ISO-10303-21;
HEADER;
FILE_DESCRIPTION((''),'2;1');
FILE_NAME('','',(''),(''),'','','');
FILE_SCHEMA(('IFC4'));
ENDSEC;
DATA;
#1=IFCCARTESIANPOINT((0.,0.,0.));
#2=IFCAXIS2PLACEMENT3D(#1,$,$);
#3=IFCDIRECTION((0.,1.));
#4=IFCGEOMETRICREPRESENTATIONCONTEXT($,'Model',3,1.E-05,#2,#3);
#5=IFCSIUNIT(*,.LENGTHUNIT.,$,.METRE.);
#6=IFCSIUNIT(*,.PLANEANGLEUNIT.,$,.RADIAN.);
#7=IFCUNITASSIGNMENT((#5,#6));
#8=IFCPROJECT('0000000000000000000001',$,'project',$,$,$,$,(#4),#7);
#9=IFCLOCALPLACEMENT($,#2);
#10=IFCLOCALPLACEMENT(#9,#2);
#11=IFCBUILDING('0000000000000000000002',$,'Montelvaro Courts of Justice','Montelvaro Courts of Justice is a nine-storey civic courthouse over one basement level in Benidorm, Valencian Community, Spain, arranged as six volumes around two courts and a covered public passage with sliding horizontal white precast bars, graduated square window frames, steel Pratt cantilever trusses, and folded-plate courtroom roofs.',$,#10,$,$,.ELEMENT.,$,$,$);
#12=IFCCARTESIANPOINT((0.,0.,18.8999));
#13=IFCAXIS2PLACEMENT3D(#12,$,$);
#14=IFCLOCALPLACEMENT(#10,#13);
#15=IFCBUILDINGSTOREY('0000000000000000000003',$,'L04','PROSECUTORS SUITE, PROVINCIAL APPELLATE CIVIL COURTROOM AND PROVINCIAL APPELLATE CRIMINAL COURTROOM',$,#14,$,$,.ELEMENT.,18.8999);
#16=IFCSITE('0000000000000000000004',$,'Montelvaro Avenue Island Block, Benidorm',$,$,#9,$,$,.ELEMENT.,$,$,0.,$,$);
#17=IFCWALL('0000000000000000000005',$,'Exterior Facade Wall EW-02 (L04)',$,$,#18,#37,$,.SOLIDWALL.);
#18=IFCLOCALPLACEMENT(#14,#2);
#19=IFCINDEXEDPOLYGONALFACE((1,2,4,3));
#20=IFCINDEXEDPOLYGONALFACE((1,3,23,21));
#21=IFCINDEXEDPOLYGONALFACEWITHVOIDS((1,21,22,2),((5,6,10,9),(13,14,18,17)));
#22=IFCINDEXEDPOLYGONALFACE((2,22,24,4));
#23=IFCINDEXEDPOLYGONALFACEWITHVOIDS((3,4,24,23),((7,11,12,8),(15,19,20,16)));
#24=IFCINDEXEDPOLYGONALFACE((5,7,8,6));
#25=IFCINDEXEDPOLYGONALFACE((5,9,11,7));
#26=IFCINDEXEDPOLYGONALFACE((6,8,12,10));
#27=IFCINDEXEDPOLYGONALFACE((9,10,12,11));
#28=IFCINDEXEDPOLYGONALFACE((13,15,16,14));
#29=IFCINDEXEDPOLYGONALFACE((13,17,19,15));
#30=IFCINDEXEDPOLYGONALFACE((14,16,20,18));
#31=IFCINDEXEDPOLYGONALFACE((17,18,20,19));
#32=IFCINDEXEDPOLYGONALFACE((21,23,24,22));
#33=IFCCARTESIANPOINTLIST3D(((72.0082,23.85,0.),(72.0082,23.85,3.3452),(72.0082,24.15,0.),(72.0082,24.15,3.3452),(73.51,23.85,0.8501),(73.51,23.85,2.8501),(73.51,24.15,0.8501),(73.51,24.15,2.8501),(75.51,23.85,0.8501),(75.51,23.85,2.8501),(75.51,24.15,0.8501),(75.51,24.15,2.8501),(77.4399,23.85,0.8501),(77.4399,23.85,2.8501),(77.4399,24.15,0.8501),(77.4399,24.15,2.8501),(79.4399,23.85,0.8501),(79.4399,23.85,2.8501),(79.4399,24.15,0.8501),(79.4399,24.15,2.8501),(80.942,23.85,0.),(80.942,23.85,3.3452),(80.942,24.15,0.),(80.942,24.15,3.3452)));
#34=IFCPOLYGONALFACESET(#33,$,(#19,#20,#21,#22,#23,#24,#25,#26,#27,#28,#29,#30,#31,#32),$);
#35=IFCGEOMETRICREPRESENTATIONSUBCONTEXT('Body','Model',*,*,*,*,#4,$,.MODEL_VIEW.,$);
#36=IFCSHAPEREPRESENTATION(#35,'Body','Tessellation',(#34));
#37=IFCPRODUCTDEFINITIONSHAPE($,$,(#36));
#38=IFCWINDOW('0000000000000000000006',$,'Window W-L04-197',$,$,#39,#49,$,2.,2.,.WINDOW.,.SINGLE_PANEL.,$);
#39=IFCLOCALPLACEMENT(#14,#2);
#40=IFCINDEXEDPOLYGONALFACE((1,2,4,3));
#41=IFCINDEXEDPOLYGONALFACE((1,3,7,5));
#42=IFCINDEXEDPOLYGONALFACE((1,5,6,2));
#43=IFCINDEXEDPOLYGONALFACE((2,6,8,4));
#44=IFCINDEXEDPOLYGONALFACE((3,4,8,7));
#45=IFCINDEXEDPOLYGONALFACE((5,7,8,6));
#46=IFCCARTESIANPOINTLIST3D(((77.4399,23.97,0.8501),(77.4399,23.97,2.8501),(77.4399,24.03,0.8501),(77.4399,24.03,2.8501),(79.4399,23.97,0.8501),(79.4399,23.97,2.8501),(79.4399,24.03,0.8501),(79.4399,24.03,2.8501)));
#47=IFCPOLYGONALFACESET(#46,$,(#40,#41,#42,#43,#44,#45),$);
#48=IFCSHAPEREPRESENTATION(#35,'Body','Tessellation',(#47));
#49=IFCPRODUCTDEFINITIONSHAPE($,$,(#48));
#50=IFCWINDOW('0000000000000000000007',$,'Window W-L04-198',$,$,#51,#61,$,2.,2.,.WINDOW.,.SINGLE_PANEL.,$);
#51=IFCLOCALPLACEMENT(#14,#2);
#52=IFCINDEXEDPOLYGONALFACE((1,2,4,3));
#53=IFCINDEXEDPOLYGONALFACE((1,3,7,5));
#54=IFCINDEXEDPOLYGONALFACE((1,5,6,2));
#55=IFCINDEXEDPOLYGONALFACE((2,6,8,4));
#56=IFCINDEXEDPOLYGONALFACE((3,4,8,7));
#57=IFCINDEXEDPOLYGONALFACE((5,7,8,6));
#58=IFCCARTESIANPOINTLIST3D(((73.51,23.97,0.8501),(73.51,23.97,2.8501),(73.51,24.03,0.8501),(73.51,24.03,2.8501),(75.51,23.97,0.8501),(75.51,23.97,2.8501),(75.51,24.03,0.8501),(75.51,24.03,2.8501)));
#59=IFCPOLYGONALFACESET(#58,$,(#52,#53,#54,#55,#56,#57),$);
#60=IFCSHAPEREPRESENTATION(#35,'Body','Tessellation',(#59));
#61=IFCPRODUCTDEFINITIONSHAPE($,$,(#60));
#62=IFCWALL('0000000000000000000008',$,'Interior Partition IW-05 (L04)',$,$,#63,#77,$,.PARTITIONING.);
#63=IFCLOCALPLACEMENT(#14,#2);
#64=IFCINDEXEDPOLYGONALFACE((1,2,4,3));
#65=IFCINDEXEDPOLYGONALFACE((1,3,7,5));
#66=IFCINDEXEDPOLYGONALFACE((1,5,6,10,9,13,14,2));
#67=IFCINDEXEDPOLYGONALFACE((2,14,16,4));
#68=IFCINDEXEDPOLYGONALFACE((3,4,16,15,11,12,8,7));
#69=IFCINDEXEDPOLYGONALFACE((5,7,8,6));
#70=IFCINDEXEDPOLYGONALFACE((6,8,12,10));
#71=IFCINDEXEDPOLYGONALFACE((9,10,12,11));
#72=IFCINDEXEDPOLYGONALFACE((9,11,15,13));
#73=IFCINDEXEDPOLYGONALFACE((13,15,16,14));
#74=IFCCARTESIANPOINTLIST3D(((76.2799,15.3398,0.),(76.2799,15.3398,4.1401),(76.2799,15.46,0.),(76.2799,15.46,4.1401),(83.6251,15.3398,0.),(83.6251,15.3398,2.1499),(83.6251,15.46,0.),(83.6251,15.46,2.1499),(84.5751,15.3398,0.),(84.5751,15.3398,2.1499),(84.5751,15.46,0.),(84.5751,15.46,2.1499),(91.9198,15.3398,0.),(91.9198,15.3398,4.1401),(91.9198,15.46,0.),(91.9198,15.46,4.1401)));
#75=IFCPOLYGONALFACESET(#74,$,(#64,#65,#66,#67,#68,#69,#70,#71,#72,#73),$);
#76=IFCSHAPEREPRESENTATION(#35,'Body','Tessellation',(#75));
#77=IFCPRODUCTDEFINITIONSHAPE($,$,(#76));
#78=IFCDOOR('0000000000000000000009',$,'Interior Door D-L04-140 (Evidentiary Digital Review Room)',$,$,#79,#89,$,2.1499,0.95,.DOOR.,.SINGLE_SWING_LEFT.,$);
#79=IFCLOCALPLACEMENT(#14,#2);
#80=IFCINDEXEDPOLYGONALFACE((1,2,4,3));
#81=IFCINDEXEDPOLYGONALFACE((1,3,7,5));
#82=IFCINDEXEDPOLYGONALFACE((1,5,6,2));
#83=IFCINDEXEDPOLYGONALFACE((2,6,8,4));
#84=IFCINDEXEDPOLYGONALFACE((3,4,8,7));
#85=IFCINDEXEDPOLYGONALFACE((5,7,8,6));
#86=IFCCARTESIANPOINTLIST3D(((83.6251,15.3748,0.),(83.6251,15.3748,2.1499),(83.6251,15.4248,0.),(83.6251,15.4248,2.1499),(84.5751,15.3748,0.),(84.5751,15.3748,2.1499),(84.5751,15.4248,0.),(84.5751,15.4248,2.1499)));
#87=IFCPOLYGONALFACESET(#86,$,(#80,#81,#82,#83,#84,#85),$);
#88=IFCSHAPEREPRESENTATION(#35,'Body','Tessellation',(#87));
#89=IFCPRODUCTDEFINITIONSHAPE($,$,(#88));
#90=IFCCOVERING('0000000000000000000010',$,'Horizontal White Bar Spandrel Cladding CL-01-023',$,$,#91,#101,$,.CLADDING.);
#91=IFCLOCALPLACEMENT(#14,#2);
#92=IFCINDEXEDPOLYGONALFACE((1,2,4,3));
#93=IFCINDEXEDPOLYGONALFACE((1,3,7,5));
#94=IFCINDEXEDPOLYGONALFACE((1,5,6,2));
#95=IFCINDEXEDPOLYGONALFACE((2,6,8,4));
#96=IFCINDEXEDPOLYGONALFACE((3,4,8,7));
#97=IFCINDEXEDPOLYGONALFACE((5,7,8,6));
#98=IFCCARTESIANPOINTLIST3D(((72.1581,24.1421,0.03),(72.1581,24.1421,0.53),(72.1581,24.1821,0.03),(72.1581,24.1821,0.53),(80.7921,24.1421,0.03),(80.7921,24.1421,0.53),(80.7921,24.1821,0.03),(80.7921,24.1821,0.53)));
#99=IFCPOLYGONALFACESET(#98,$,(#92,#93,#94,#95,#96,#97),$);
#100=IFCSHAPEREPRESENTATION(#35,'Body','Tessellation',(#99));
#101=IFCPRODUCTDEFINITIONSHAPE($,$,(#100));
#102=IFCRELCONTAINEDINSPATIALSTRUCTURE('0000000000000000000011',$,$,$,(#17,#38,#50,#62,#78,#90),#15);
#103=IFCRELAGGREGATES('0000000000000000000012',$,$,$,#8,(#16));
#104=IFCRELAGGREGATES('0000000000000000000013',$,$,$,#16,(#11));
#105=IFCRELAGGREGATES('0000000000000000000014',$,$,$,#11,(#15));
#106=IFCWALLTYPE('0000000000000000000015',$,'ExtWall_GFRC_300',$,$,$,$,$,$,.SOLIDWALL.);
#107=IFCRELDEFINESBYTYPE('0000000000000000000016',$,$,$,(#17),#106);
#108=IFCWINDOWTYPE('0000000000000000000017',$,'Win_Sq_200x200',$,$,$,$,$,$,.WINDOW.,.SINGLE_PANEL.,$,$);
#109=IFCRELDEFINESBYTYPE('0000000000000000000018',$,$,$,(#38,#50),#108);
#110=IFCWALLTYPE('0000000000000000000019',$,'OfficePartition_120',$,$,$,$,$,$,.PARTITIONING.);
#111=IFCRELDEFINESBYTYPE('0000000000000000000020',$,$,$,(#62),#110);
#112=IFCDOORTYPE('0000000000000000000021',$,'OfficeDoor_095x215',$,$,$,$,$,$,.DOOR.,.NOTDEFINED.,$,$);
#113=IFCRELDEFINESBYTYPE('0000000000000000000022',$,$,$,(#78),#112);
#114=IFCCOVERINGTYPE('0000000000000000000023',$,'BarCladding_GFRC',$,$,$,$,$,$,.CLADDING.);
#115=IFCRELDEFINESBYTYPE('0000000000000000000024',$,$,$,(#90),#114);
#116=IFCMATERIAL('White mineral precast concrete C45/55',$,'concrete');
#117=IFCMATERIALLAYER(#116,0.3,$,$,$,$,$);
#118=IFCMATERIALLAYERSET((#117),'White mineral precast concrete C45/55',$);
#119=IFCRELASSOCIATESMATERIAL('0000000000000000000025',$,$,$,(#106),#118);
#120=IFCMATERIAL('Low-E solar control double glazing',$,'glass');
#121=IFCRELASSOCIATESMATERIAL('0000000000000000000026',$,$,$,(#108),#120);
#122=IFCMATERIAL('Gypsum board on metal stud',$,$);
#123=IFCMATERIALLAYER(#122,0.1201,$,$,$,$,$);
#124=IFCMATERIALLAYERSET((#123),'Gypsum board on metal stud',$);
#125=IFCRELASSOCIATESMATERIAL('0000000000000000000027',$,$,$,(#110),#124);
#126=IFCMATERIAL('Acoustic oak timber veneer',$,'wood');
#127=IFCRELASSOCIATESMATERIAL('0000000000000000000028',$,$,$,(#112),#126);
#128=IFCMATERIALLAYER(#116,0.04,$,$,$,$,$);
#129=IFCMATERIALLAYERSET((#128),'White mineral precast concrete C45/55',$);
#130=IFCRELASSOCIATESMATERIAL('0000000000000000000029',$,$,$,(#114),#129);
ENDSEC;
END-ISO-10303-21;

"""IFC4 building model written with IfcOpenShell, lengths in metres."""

from ifc_helpers import new_model, si_unit, direction, frame, frame_2d, origin, origin_2d, place, context, subcontext, project, spatial, rectangle, extrude, material, layer, layer_set, type_object, element, fill, save


model = new_model("IFC4")

# Units and contexts
model_context = context("Model", 3, precision=1e-05, world=origin(), true_north=direction((0.0, 1.0)))
body_context = subcontext(model_context, "Body", "Model", "MODEL_VIEW")
ifc_project = project(units=[si_unit("LENGTHUNIT", "METRE"), si_unit("PLANEANGLEUNIT", "RADIAN")], contexts=[model_context])

# Site, building, storey
site_placement = place(None, origin())
site = spatial("IfcSite", under=ifc_project, at=site_placement, Name="Montelvaro Avenue Island Block, Benidorm", CompositionType="ELEMENT", RefElevation=0.0)
building_placement = place(site_placement, origin())
building = spatial("IfcBuilding", under=site, at=building_placement, Name="Montelvaro Courts of Justice", Description="Montelvaro Courts of Justice is a nine-storey civic courthouse over one basement level in Benidorm, Valencian Community, Spain, arranged as six volumes around two courts and a covered public passage with sliding horizontal white precast bars, graduated square window frames, steel Pratt cantilever trusses, and folded-plate courtroom roofs.", CompositionType="ELEMENT")
storey_placement = place(building_placement, frame((0.0, 0.0, 18.8999)))
storey = spatial("IfcBuildingStorey", under=building, at=storey_placement, Name="L04", Description="PROSECUTORS SUITE, PROVINCIAL APPELLATE CIVIL COURTROOM AND PROVINCIAL APPELLATE CRIMINAL COURTROOM", CompositionType="ELEMENT", Elevation=18.8999)

# Shared definitions
ifc_material_1 = material(Name="White mineral precast concrete C45/55", Category="concrete")

# Shared definitions
ifc_material_2 = material(Name="Gypsum board on metal stud")

# Wall, openings, windows
ifc_layer_1 = layer(ifc_material_1, 0.3)
ifc_layer_set_1 = layer_set([ifc_layer_1], Name="White mineral precast concrete C45/55")
wall_type_1 = type_object("IfcWallType", Name="ExtWall_GFRC_300", PredefinedType="SOLIDWALL", material=ifc_layer_set_1)
wall_1_placement = place(storey_placement, frame((80.9419, 24.0, 0.0), z_axis=(0.0, 0.0, 1.0), x_axis=(-1.0, 0.0, 0.0)))
wall_1 = element("IfcWall", 1, at=wall_1_placement, inside=storey, type_object=wall_type_1, Name="Exterior Facade Wall EW-02 (L04)", PredefinedType="SOLIDWALL", context=body_context, shape_type="SweptSolid", body=[
    extrude(rectangle(XDim=8.9338, YDim=0.3, at=frame_2d((4.4668, 0.0))), origin(), (0.0, 0.0, 1.0), 3.3452),
])
opening_1_placement = place(wall_1_placement, frame((1.502, 0.0, 0.8501)))
opening_1 = element("IfcOpeningElement", 2, at=opening_1_placement, cuts=wall_1, PredefinedType="OPENING", context=body_context, shape_type="SweptSolid", body=[
    extrude(rectangle(XDim=2.0, YDim=2.0, at=frame_2d((1.0, 1.0))), frame((0.0, 0.165, 0.0), z_axis=(0.0, -1.0, 0.0), x_axis=(1.0, 0.0, 0.0)), (0.0, 0.0, 1.0), 0.3298),
])
opening_2_placement = place(wall_1_placement, frame((5.4319, 0.0, 0.8501)))
opening_2 = element("IfcOpeningElement", 3, at=opening_2_placement, cuts=wall_1, PredefinedType="OPENING", context=body_context, shape_type="SweptSolid", body=[
    extrude(rectangle(XDim=2.0, YDim=2.0, at=frame_2d((1.0, 1.0))), frame((0.0, 0.165, 0.0), z_axis=(0.0, -1.0, 0.0), x_axis=(1.0, 0.0, 0.0)), (0.0, 0.0, 1.0), 0.3298),
])
ifc_material_3 = material(Name="Low-E solar control double glazing", Category="glass")
window_type = type_object("IfcWindowType", Name="Win_Sq_200x200", PartitioningType="SINGLE_PANEL", PredefinedType="WINDOW", material=ifc_material_3)
window_1_placement = place(opening_1_placement, origin())
window_1 = element("IfcWindow", 4, at=window_1_placement, inside=storey, type_object=window_type, Name="Window W-L04-197", OverallHeight=2.0, OverallWidth=2.0, PartitioningType="SINGLE_PANEL", PredefinedType="WINDOW", context=body_context, shape_type="SweptSolid", body=[
    extrude(rectangle(XDim=2.0, YDim=2.0, at=frame_2d((1.0, 1.0))), frame((0.0, 0.03, 0.0), z_axis=(0.0, -1.0, 0.0), x_axis=(1.0, 0.0, 0.0)), (0.0, 0.0, 1.0), 0.0601),
])
fill(opening_1, window_1)
window_2_placement = place(opening_2_placement, origin())
window_2 = element("IfcWindow", 5, at=window_2_placement, inside=storey, type_object=window_type, Name="Window W-L04-198", OverallHeight=2.0, OverallWidth=2.0, PartitioningType="SINGLE_PANEL", PredefinedType="WINDOW", context=body_context, shape_type="SweptSolid", body=[
    extrude(rectangle(XDim=2.0, YDim=2.0, at=frame_2d((1.0, 1.0))), frame((0.0, 0.03, 0.0), z_axis=(0.0, -1.0, 0.0), x_axis=(1.0, 0.0, 0.0)), (0.0, 0.0, 1.0), 0.0601),
])
fill(opening_2, window_2)

# Wall, opening, door
ifc_layer_2 = layer(ifc_material_2, 0.1201)
ifc_layer_set_2 = layer_set([ifc_layer_2], Name="Gypsum board on metal stud")
wall_type_2 = type_object("IfcWallType", Name="OfficePartition_120", PredefinedType="PARTITIONING", material=ifc_layer_set_2)
wall_2_placement = place(storey_placement, frame((76.28, 15.3999, 0.0), z_axis=(0.0, 0.0, 1.0), x_axis=(1.0, 0.0, 0.0)))
wall_2 = element("IfcWall", 6, at=wall_2_placement, inside=storey, type_object=wall_type_2, Name="Interior Partition IW-05 (L04)", PredefinedType="PARTITIONING", context=body_context, shape_type="SweptSolid", body=[
    extrude(rectangle(XDim=15.6399, YDim=0.1201, at=frame_2d((7.8198, 0.0))), origin(), (0.0, 0.0, 1.0), 4.1401),
])
opening_3_placement = place(wall_2_placement, frame((7.345, 0.0, 0.0)))
opening_3 = element("IfcOpeningElement", 7, at=opening_3_placement, cuts=wall_2, PredefinedType="OPENING", context=body_context, shape_type="SweptSolid", body=[
    extrude(rectangle(XDim=0.95, YDim=2.1499, at=frame_2d((0.4751, 1.075))), frame((0.0, 0.075, 0.0), z_axis=(0.0, -1.0, 0.0), x_axis=(1.0, 0.0, 0.0)), (0.0, 0.0, 1.0), 0.1499),
])
ifc_material_4 = material(Name="Acoustic oak timber veneer", Category="wood")
door_type = type_object("IfcDoorType", Name="OfficeDoor_095x215", OperationType="NOTDEFINED", PredefinedType="DOOR", material=ifc_material_4)
door_placement = place(opening_3_placement, origin())
door = element("IfcDoor", 8, at=door_placement, inside=storey, type_object=door_type, Name="Interior Door D-L04-140 (Evidentiary Digital Review Room)", OperationType="SINGLE_SWING_LEFT", OverallHeight=2.1499, OverallWidth=0.95, PredefinedType="DOOR", context=body_context, shape_type="SweptSolid", body=[
    extrude(rectangle(XDim=0.95, YDim=2.1499, at=frame_2d((0.4751, 1.075))), frame((0.0, 0.0249, 0.0), z_axis=(0.0, -1.0, 0.0), x_axis=(1.0, 0.0, 0.0)), (0.0, 0.0, 1.0), 0.05),
])
fill(opening_3, door)

# Covering
ifc_layer_3 = layer(ifc_material_1, 0.04)
ifc_layer_set_3 = layer_set([ifc_layer_3], Name="White mineral precast concrete C45/55")
covering_type = type_object("IfcCoveringType", Name="BarCladding_GFRC", PredefinedType="CLADDING", material=ifc_layer_set_3)
covering_placement = place(storey_placement, frame((76.4751, 24.1621, 0.03), z_axis=(0.0, 0.0, 1.0), x_axis=(-1.0, 0.0, 0.0)))
element("IfcCovering", 9, at=covering_placement, inside=storey, type_object=covering_type, Name="Horizontal White Bar Spandrel Cladding CL-01-023", PredefinedType="CLADDING", context=body_context, shape_type="SweptSolid", body=[
    extrude(rectangle(XDim=8.634, YDim=0.04, at=origin_2d()), origin(), (0.0, 0.0, 1.0), 0.5),
])

save(model, "model.ifc")
